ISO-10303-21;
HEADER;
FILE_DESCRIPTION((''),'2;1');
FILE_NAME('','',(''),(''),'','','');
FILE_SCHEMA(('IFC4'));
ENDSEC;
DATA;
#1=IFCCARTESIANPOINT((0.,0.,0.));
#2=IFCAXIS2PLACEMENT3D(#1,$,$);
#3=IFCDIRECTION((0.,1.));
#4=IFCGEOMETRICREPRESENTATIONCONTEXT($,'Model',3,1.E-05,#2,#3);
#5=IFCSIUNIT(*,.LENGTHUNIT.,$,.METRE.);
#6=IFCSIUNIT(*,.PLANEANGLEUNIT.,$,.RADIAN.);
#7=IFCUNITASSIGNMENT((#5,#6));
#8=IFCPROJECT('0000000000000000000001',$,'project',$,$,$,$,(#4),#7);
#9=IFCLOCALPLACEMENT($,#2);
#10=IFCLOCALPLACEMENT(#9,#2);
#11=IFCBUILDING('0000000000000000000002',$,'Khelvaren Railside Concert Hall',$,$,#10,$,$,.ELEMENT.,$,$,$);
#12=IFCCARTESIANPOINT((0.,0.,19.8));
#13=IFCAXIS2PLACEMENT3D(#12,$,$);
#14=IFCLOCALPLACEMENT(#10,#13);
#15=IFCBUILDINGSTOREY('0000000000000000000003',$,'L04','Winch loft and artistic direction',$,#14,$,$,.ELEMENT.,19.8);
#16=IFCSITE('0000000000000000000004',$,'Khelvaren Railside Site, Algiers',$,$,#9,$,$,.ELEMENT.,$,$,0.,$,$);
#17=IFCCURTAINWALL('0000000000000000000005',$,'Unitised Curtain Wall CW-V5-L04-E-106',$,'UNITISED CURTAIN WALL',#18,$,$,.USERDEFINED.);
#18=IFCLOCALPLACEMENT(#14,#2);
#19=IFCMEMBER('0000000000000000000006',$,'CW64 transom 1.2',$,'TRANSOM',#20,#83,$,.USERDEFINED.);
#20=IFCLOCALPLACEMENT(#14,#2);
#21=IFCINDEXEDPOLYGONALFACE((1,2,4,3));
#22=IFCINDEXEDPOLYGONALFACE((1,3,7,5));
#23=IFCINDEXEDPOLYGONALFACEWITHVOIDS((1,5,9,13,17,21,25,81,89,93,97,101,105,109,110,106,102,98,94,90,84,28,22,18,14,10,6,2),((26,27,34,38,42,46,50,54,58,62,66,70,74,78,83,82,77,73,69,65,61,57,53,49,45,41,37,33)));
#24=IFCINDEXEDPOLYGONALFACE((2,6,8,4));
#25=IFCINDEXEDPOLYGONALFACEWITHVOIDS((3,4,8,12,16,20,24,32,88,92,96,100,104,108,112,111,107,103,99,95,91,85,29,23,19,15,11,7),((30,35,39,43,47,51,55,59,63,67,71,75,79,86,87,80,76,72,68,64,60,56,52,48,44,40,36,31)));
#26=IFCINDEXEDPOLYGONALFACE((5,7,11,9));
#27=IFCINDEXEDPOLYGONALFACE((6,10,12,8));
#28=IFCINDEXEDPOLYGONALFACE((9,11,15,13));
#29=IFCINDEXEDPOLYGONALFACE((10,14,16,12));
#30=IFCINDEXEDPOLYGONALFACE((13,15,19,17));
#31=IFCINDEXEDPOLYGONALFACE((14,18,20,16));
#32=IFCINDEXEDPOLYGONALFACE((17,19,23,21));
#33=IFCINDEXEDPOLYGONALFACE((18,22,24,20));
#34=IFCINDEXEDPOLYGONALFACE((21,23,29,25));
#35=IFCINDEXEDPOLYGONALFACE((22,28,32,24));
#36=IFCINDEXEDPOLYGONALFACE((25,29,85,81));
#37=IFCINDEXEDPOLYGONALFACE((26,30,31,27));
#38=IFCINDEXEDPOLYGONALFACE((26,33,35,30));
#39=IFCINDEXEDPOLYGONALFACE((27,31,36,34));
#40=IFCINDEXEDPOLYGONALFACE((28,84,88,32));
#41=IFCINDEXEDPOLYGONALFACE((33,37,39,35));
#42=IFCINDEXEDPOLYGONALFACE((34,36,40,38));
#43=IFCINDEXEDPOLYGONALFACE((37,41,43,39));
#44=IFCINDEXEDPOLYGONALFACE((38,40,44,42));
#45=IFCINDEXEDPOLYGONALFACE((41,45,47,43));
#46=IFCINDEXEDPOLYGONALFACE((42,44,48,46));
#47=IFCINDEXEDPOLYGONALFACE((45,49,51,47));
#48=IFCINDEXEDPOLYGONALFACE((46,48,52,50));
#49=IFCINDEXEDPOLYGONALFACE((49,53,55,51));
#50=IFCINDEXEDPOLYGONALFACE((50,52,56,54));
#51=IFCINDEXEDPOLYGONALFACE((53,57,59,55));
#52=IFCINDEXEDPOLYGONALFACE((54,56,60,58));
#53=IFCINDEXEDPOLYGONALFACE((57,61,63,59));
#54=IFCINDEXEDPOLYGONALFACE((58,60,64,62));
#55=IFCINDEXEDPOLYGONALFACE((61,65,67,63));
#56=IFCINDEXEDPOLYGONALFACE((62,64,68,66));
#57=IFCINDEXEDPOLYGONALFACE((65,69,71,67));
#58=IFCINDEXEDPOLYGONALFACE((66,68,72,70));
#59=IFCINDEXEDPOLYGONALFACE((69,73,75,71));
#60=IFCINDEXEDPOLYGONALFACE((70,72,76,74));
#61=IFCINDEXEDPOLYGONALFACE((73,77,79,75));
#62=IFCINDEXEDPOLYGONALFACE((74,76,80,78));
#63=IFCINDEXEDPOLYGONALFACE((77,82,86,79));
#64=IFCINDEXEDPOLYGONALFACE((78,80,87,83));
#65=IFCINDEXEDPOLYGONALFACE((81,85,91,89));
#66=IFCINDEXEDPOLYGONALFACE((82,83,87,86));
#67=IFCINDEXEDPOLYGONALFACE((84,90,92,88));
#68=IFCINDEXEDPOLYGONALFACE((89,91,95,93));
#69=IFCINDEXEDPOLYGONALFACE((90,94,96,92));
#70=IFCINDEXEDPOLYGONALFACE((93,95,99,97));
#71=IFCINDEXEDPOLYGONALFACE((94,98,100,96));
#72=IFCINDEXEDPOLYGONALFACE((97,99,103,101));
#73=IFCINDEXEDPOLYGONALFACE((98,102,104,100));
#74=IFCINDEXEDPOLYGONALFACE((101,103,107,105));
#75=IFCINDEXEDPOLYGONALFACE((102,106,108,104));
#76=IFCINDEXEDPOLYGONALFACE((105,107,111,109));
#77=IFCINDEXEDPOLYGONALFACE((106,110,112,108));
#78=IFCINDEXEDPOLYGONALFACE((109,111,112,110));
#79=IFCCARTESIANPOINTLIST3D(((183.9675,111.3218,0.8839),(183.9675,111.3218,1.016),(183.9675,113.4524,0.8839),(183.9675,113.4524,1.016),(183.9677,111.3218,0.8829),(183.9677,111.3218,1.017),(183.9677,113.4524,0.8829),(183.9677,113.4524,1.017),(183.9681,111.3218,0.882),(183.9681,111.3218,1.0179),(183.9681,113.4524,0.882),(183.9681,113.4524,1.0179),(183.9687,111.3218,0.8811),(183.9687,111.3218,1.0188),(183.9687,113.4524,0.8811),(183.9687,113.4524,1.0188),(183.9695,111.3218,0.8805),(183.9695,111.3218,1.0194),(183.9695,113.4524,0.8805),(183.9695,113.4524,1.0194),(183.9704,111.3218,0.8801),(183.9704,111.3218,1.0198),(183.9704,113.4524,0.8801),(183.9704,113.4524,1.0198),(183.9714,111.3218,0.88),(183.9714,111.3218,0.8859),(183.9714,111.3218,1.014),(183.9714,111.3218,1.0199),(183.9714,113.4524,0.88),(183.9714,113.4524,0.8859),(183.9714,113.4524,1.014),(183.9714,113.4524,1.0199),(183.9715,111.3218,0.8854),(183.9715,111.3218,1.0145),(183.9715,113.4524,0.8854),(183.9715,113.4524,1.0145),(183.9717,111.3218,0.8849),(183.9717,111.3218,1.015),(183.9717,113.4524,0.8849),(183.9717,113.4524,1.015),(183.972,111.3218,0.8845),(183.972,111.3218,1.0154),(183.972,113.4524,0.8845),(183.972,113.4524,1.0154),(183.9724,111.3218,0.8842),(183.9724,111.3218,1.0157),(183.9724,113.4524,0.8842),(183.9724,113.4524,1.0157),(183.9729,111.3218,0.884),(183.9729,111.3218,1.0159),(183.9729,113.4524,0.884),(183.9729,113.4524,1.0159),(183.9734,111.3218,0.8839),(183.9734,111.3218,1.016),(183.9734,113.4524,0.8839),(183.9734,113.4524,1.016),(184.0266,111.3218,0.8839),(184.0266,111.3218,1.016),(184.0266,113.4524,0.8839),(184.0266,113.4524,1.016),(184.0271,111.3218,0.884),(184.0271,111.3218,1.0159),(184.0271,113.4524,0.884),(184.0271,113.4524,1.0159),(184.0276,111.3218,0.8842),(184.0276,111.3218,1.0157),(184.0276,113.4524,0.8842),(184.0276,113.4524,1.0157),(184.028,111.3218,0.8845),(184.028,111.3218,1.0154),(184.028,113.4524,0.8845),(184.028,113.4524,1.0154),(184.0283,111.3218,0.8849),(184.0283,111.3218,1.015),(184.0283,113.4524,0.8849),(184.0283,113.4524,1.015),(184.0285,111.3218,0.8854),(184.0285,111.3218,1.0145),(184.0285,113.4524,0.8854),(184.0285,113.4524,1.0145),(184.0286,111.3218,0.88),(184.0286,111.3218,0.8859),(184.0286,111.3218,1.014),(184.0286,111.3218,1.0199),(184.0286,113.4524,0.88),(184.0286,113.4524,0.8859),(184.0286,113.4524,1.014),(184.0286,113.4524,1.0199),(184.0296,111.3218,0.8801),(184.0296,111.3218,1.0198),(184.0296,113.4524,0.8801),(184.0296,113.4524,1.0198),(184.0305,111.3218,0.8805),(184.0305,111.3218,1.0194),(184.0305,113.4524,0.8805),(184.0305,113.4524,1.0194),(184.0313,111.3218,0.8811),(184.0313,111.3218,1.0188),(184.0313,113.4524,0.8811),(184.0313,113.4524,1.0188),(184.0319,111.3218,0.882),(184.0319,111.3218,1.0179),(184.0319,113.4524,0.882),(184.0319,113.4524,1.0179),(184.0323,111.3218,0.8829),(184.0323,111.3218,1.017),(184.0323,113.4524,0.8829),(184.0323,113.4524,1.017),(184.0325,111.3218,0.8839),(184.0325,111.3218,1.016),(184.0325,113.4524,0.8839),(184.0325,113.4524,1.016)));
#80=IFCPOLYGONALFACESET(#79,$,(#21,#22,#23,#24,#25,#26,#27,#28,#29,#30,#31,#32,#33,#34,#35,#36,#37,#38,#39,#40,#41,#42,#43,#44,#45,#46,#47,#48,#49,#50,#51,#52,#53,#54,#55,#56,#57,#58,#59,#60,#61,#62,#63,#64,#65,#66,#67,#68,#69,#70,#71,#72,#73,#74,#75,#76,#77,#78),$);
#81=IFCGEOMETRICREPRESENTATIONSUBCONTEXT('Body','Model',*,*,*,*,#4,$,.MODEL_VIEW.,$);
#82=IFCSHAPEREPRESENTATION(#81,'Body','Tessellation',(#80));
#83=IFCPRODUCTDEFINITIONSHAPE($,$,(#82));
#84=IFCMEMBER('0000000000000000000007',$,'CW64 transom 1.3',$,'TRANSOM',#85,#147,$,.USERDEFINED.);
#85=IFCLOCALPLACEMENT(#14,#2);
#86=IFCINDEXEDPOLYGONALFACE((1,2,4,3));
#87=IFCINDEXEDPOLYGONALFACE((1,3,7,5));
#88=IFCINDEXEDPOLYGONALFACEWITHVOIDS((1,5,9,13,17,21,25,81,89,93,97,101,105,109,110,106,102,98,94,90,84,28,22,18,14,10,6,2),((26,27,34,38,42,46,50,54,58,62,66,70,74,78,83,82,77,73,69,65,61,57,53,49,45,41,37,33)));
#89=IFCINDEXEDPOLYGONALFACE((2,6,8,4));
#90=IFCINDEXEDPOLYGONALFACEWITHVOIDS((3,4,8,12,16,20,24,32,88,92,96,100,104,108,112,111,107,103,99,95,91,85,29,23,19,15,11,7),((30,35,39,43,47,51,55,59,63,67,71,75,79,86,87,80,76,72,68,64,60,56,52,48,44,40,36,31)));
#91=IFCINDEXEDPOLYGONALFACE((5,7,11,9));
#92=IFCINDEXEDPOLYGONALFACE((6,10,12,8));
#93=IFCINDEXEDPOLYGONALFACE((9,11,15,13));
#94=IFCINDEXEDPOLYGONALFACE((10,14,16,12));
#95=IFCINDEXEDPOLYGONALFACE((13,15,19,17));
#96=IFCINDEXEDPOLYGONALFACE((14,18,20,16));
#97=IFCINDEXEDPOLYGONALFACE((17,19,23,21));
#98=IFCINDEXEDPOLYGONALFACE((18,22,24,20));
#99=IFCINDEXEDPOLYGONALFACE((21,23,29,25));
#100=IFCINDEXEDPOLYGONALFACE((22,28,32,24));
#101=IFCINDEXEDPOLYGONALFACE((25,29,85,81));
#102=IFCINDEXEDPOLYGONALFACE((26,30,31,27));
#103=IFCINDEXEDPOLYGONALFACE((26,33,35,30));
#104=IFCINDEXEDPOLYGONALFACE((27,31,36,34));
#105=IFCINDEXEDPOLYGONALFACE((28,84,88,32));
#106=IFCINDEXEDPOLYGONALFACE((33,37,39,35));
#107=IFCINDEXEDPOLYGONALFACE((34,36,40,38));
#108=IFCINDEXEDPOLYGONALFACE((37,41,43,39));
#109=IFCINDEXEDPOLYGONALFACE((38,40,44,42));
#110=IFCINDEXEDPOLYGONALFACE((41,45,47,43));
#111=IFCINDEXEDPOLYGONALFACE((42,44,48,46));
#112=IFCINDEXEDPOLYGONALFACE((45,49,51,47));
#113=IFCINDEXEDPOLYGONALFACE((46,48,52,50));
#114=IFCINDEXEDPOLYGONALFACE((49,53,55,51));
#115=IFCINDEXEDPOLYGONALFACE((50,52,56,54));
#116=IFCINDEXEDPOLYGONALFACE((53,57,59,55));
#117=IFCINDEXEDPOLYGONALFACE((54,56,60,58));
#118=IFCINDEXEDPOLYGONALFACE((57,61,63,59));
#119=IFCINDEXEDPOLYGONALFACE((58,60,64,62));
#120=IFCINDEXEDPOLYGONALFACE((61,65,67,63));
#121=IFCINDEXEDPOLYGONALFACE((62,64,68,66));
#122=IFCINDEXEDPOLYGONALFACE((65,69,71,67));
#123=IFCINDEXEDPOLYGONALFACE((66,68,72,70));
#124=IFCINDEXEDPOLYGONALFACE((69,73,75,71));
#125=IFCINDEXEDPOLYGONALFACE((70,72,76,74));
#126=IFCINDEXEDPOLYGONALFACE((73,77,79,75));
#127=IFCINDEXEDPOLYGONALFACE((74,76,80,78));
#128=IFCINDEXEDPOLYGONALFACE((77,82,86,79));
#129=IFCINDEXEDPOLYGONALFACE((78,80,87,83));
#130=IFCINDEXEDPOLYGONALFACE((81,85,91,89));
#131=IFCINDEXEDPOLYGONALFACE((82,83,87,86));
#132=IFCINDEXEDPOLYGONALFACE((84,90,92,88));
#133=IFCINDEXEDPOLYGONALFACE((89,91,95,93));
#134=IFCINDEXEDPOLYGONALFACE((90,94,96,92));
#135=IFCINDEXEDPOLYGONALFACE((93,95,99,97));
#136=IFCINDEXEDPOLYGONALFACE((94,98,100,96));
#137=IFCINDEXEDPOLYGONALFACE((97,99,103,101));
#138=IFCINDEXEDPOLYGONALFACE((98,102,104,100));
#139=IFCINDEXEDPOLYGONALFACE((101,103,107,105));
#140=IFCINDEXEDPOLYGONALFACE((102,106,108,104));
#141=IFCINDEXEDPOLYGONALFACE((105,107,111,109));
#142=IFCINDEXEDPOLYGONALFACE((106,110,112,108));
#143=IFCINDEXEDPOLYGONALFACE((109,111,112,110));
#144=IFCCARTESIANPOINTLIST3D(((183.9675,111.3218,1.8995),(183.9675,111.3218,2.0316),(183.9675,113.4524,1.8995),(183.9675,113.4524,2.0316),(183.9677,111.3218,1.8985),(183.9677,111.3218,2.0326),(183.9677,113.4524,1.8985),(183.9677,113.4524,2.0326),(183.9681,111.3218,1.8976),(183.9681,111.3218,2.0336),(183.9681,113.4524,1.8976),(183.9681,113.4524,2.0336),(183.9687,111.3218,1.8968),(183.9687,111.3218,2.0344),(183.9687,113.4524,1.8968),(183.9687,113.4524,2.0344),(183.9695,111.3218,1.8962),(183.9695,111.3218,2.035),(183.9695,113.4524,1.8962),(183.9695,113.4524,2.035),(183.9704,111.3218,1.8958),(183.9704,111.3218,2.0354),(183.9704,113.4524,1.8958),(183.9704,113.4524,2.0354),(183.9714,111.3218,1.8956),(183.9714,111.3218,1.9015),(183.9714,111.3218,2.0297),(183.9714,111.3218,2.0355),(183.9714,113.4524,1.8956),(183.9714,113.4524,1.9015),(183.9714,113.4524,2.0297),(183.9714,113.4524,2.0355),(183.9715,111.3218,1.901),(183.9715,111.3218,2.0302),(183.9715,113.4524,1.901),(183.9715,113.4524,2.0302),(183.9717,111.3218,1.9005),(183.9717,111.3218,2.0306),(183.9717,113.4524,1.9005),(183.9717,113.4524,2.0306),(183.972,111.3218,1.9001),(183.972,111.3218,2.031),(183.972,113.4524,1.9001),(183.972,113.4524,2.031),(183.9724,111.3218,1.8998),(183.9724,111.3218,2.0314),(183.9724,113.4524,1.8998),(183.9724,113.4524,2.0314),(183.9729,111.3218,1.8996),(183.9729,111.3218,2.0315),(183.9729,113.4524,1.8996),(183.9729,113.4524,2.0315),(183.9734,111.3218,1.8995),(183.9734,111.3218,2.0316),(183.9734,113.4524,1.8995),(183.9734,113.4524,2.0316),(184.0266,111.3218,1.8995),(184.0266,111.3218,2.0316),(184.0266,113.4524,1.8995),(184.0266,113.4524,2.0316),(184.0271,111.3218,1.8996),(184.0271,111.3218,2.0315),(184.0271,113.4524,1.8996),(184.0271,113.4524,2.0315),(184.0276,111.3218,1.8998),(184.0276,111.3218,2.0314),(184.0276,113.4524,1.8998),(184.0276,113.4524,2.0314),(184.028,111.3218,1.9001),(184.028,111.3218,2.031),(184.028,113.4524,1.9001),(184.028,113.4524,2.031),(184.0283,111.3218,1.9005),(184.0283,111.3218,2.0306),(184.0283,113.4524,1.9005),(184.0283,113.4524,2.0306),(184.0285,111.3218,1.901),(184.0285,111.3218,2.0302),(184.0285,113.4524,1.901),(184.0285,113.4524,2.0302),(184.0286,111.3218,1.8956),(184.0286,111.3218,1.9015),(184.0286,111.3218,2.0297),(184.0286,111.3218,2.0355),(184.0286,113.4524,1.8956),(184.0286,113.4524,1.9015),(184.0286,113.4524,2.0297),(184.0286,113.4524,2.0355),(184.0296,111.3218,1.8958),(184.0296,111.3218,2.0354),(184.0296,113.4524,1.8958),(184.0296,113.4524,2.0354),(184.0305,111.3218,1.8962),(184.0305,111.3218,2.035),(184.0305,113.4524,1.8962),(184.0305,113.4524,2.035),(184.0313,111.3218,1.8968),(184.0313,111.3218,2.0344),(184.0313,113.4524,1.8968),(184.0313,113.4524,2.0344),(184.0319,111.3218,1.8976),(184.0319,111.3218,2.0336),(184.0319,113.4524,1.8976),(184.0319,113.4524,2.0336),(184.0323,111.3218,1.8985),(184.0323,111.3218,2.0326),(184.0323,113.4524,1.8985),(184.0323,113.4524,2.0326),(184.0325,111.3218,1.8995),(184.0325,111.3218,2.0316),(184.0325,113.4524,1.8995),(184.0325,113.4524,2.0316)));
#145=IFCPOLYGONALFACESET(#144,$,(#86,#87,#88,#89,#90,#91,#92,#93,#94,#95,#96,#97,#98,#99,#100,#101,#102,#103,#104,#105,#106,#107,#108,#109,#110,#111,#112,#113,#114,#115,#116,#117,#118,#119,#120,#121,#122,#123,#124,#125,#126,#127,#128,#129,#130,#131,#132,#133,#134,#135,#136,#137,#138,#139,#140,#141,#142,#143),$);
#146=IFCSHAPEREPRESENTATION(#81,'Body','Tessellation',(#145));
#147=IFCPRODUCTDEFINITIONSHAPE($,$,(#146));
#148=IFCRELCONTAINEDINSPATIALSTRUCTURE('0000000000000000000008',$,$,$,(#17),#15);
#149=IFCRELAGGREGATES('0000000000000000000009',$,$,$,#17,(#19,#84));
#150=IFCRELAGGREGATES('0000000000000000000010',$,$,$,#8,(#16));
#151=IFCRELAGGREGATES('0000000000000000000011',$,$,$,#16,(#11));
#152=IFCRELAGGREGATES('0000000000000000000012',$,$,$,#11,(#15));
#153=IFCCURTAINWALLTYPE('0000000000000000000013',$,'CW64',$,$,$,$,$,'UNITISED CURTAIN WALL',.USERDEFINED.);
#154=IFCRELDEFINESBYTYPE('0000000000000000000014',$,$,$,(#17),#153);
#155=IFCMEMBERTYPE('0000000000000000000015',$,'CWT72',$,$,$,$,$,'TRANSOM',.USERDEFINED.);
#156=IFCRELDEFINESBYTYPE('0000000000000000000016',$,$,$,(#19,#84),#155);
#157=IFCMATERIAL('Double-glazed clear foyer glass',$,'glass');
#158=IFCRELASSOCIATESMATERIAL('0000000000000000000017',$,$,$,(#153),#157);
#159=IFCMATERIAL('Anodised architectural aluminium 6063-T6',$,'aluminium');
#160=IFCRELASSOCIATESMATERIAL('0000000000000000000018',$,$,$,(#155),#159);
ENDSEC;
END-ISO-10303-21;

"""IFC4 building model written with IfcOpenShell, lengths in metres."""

from ifc_helpers import new_model, si_unit, direction, frame, origin, origin_2d, place, context, subcontext, project, spatial, hollow_rectangle, extrude, material, material_profile, profile_set, type_object, element, aggregate, save


model = new_model("IFC4")

# Units and contexts
model_context = context("Model", 3, precision=1e-05, world=origin(), true_north=direction((0.0, 1.0)))
body_context = subcontext(model_context, "Body", "Model", "MODEL_VIEW")
ifc_project = project(units=[si_unit("LENGTHUNIT", "METRE"), si_unit("PLANEANGLEUNIT", "RADIAN")], contexts=[model_context])

# Site, building, storey
site_placement = place(None, origin())
site = spatial("IfcSite", under=ifc_project, at=site_placement, Name="Khelvaren Railside Site, Algiers", CompositionType="ELEMENT", RefElevation=0.0)
building_placement = place(site_placement, origin())
building = spatial("IfcBuilding", under=site, at=building_placement, Name="Khelvaren Railside Concert Hall", CompositionType="ELEMENT")
storey_placement = place(building_placement, frame((0.0, 0.0, 19.8)))
storey = spatial("IfcBuildingStorey", under=building, at=storey_placement, Name="L04", Description="Winch loft and artistic direction", CompositionType="ELEMENT", Elevation=19.8)

# Curtain wall
ifc_material_1 = material(Name="Double-glazed clear foyer glass", Category="glass")
curtain_wall_type_1 = type_object("IfcCurtainWallType", Name="CW64", ElementType="UNITISED CURTAIN WALL", PredefinedType="USERDEFINED", material=ifc_material_1)
curtain_wall_1_placement = place(storey_placement, origin())
curtain_wall_1 = element("IfcCurtainWall", 1, at=curtain_wall_1_placement, inside=storey, type_object=curtain_wall_type_1, Name="Unitised Curtain Wall CW-V5-L04-E-106", ObjectType="UNITISED CURTAIN WALL", PredefinedType="USERDEFINED")
ifc_material_2 = material(Name="Anodised architectural aluminium 6063-T6", Category="aluminium")
ifc_material_profile_1 = material_profile(ifc_material_2, hollow_rectangle(XDim=0.0649, YDim=0.1399, WallThickness=0.0039, InnerFilletRadius=0.002, OuterFilletRadius=0.0039, at=origin_2d()), Name="CWT 65x140x4")
ifc_profile_set_1 = profile_set([ifc_material_profile_1], Name="Anodised architectural aluminium 6063-T6")
member_type_1 = type_object("IfcMemberType", Name="CWT72", ElementType="TRANSOM", PredefinedType="USERDEFINED", material=ifc_profile_set_1)

# Members
member_1_placement = place(storey_placement, frame((184.0, 113.4524, 0.95), z_axis=(0.0, -1.0, 0.0), x_axis=(1.0, 0.0, 0.0)))
member_1 = element("IfcMember", 2, at=member_1_placement, type_object=member_type_1, Name="CW64 transom 1.2", ObjectType="TRANSOM", PredefinedType="USERDEFINED", context=body_context, shape_type="SweptSolid", body=[
    extrude(hollow_rectangle(XDim=0.0649, YDim=0.1399, WallThickness=0.0039, InnerFilletRadius=0.002, OuterFilletRadius=0.0039, at=origin_2d()), origin(), (0.0, 0.0, 1.0), 2.1306),
])
member_2_placement = place(storey_placement, frame((184.0, 113.4524, 1.9656), z_axis=(0.0, -1.0, 0.0), x_axis=(1.0, 0.0, 0.0)))
member_2 = element("IfcMember", 3, at=member_2_placement, type_object=member_type_1, Name="CW64 transom 1.3", ObjectType="TRANSOM", PredefinedType="USERDEFINED", context=body_context, shape_type="SweptSolid", body=[
    extrude(hollow_rectangle(XDim=0.0649, YDim=0.1399, WallThickness=0.0039, InnerFilletRadius=0.002, OuterFilletRadius=0.0039, at=origin_2d()), origin(), (0.0, 0.0, 1.0), 2.1306),
])

aggregate(curtain_wall_1, [member_1, member_2])

save(model, "model.ifc")
